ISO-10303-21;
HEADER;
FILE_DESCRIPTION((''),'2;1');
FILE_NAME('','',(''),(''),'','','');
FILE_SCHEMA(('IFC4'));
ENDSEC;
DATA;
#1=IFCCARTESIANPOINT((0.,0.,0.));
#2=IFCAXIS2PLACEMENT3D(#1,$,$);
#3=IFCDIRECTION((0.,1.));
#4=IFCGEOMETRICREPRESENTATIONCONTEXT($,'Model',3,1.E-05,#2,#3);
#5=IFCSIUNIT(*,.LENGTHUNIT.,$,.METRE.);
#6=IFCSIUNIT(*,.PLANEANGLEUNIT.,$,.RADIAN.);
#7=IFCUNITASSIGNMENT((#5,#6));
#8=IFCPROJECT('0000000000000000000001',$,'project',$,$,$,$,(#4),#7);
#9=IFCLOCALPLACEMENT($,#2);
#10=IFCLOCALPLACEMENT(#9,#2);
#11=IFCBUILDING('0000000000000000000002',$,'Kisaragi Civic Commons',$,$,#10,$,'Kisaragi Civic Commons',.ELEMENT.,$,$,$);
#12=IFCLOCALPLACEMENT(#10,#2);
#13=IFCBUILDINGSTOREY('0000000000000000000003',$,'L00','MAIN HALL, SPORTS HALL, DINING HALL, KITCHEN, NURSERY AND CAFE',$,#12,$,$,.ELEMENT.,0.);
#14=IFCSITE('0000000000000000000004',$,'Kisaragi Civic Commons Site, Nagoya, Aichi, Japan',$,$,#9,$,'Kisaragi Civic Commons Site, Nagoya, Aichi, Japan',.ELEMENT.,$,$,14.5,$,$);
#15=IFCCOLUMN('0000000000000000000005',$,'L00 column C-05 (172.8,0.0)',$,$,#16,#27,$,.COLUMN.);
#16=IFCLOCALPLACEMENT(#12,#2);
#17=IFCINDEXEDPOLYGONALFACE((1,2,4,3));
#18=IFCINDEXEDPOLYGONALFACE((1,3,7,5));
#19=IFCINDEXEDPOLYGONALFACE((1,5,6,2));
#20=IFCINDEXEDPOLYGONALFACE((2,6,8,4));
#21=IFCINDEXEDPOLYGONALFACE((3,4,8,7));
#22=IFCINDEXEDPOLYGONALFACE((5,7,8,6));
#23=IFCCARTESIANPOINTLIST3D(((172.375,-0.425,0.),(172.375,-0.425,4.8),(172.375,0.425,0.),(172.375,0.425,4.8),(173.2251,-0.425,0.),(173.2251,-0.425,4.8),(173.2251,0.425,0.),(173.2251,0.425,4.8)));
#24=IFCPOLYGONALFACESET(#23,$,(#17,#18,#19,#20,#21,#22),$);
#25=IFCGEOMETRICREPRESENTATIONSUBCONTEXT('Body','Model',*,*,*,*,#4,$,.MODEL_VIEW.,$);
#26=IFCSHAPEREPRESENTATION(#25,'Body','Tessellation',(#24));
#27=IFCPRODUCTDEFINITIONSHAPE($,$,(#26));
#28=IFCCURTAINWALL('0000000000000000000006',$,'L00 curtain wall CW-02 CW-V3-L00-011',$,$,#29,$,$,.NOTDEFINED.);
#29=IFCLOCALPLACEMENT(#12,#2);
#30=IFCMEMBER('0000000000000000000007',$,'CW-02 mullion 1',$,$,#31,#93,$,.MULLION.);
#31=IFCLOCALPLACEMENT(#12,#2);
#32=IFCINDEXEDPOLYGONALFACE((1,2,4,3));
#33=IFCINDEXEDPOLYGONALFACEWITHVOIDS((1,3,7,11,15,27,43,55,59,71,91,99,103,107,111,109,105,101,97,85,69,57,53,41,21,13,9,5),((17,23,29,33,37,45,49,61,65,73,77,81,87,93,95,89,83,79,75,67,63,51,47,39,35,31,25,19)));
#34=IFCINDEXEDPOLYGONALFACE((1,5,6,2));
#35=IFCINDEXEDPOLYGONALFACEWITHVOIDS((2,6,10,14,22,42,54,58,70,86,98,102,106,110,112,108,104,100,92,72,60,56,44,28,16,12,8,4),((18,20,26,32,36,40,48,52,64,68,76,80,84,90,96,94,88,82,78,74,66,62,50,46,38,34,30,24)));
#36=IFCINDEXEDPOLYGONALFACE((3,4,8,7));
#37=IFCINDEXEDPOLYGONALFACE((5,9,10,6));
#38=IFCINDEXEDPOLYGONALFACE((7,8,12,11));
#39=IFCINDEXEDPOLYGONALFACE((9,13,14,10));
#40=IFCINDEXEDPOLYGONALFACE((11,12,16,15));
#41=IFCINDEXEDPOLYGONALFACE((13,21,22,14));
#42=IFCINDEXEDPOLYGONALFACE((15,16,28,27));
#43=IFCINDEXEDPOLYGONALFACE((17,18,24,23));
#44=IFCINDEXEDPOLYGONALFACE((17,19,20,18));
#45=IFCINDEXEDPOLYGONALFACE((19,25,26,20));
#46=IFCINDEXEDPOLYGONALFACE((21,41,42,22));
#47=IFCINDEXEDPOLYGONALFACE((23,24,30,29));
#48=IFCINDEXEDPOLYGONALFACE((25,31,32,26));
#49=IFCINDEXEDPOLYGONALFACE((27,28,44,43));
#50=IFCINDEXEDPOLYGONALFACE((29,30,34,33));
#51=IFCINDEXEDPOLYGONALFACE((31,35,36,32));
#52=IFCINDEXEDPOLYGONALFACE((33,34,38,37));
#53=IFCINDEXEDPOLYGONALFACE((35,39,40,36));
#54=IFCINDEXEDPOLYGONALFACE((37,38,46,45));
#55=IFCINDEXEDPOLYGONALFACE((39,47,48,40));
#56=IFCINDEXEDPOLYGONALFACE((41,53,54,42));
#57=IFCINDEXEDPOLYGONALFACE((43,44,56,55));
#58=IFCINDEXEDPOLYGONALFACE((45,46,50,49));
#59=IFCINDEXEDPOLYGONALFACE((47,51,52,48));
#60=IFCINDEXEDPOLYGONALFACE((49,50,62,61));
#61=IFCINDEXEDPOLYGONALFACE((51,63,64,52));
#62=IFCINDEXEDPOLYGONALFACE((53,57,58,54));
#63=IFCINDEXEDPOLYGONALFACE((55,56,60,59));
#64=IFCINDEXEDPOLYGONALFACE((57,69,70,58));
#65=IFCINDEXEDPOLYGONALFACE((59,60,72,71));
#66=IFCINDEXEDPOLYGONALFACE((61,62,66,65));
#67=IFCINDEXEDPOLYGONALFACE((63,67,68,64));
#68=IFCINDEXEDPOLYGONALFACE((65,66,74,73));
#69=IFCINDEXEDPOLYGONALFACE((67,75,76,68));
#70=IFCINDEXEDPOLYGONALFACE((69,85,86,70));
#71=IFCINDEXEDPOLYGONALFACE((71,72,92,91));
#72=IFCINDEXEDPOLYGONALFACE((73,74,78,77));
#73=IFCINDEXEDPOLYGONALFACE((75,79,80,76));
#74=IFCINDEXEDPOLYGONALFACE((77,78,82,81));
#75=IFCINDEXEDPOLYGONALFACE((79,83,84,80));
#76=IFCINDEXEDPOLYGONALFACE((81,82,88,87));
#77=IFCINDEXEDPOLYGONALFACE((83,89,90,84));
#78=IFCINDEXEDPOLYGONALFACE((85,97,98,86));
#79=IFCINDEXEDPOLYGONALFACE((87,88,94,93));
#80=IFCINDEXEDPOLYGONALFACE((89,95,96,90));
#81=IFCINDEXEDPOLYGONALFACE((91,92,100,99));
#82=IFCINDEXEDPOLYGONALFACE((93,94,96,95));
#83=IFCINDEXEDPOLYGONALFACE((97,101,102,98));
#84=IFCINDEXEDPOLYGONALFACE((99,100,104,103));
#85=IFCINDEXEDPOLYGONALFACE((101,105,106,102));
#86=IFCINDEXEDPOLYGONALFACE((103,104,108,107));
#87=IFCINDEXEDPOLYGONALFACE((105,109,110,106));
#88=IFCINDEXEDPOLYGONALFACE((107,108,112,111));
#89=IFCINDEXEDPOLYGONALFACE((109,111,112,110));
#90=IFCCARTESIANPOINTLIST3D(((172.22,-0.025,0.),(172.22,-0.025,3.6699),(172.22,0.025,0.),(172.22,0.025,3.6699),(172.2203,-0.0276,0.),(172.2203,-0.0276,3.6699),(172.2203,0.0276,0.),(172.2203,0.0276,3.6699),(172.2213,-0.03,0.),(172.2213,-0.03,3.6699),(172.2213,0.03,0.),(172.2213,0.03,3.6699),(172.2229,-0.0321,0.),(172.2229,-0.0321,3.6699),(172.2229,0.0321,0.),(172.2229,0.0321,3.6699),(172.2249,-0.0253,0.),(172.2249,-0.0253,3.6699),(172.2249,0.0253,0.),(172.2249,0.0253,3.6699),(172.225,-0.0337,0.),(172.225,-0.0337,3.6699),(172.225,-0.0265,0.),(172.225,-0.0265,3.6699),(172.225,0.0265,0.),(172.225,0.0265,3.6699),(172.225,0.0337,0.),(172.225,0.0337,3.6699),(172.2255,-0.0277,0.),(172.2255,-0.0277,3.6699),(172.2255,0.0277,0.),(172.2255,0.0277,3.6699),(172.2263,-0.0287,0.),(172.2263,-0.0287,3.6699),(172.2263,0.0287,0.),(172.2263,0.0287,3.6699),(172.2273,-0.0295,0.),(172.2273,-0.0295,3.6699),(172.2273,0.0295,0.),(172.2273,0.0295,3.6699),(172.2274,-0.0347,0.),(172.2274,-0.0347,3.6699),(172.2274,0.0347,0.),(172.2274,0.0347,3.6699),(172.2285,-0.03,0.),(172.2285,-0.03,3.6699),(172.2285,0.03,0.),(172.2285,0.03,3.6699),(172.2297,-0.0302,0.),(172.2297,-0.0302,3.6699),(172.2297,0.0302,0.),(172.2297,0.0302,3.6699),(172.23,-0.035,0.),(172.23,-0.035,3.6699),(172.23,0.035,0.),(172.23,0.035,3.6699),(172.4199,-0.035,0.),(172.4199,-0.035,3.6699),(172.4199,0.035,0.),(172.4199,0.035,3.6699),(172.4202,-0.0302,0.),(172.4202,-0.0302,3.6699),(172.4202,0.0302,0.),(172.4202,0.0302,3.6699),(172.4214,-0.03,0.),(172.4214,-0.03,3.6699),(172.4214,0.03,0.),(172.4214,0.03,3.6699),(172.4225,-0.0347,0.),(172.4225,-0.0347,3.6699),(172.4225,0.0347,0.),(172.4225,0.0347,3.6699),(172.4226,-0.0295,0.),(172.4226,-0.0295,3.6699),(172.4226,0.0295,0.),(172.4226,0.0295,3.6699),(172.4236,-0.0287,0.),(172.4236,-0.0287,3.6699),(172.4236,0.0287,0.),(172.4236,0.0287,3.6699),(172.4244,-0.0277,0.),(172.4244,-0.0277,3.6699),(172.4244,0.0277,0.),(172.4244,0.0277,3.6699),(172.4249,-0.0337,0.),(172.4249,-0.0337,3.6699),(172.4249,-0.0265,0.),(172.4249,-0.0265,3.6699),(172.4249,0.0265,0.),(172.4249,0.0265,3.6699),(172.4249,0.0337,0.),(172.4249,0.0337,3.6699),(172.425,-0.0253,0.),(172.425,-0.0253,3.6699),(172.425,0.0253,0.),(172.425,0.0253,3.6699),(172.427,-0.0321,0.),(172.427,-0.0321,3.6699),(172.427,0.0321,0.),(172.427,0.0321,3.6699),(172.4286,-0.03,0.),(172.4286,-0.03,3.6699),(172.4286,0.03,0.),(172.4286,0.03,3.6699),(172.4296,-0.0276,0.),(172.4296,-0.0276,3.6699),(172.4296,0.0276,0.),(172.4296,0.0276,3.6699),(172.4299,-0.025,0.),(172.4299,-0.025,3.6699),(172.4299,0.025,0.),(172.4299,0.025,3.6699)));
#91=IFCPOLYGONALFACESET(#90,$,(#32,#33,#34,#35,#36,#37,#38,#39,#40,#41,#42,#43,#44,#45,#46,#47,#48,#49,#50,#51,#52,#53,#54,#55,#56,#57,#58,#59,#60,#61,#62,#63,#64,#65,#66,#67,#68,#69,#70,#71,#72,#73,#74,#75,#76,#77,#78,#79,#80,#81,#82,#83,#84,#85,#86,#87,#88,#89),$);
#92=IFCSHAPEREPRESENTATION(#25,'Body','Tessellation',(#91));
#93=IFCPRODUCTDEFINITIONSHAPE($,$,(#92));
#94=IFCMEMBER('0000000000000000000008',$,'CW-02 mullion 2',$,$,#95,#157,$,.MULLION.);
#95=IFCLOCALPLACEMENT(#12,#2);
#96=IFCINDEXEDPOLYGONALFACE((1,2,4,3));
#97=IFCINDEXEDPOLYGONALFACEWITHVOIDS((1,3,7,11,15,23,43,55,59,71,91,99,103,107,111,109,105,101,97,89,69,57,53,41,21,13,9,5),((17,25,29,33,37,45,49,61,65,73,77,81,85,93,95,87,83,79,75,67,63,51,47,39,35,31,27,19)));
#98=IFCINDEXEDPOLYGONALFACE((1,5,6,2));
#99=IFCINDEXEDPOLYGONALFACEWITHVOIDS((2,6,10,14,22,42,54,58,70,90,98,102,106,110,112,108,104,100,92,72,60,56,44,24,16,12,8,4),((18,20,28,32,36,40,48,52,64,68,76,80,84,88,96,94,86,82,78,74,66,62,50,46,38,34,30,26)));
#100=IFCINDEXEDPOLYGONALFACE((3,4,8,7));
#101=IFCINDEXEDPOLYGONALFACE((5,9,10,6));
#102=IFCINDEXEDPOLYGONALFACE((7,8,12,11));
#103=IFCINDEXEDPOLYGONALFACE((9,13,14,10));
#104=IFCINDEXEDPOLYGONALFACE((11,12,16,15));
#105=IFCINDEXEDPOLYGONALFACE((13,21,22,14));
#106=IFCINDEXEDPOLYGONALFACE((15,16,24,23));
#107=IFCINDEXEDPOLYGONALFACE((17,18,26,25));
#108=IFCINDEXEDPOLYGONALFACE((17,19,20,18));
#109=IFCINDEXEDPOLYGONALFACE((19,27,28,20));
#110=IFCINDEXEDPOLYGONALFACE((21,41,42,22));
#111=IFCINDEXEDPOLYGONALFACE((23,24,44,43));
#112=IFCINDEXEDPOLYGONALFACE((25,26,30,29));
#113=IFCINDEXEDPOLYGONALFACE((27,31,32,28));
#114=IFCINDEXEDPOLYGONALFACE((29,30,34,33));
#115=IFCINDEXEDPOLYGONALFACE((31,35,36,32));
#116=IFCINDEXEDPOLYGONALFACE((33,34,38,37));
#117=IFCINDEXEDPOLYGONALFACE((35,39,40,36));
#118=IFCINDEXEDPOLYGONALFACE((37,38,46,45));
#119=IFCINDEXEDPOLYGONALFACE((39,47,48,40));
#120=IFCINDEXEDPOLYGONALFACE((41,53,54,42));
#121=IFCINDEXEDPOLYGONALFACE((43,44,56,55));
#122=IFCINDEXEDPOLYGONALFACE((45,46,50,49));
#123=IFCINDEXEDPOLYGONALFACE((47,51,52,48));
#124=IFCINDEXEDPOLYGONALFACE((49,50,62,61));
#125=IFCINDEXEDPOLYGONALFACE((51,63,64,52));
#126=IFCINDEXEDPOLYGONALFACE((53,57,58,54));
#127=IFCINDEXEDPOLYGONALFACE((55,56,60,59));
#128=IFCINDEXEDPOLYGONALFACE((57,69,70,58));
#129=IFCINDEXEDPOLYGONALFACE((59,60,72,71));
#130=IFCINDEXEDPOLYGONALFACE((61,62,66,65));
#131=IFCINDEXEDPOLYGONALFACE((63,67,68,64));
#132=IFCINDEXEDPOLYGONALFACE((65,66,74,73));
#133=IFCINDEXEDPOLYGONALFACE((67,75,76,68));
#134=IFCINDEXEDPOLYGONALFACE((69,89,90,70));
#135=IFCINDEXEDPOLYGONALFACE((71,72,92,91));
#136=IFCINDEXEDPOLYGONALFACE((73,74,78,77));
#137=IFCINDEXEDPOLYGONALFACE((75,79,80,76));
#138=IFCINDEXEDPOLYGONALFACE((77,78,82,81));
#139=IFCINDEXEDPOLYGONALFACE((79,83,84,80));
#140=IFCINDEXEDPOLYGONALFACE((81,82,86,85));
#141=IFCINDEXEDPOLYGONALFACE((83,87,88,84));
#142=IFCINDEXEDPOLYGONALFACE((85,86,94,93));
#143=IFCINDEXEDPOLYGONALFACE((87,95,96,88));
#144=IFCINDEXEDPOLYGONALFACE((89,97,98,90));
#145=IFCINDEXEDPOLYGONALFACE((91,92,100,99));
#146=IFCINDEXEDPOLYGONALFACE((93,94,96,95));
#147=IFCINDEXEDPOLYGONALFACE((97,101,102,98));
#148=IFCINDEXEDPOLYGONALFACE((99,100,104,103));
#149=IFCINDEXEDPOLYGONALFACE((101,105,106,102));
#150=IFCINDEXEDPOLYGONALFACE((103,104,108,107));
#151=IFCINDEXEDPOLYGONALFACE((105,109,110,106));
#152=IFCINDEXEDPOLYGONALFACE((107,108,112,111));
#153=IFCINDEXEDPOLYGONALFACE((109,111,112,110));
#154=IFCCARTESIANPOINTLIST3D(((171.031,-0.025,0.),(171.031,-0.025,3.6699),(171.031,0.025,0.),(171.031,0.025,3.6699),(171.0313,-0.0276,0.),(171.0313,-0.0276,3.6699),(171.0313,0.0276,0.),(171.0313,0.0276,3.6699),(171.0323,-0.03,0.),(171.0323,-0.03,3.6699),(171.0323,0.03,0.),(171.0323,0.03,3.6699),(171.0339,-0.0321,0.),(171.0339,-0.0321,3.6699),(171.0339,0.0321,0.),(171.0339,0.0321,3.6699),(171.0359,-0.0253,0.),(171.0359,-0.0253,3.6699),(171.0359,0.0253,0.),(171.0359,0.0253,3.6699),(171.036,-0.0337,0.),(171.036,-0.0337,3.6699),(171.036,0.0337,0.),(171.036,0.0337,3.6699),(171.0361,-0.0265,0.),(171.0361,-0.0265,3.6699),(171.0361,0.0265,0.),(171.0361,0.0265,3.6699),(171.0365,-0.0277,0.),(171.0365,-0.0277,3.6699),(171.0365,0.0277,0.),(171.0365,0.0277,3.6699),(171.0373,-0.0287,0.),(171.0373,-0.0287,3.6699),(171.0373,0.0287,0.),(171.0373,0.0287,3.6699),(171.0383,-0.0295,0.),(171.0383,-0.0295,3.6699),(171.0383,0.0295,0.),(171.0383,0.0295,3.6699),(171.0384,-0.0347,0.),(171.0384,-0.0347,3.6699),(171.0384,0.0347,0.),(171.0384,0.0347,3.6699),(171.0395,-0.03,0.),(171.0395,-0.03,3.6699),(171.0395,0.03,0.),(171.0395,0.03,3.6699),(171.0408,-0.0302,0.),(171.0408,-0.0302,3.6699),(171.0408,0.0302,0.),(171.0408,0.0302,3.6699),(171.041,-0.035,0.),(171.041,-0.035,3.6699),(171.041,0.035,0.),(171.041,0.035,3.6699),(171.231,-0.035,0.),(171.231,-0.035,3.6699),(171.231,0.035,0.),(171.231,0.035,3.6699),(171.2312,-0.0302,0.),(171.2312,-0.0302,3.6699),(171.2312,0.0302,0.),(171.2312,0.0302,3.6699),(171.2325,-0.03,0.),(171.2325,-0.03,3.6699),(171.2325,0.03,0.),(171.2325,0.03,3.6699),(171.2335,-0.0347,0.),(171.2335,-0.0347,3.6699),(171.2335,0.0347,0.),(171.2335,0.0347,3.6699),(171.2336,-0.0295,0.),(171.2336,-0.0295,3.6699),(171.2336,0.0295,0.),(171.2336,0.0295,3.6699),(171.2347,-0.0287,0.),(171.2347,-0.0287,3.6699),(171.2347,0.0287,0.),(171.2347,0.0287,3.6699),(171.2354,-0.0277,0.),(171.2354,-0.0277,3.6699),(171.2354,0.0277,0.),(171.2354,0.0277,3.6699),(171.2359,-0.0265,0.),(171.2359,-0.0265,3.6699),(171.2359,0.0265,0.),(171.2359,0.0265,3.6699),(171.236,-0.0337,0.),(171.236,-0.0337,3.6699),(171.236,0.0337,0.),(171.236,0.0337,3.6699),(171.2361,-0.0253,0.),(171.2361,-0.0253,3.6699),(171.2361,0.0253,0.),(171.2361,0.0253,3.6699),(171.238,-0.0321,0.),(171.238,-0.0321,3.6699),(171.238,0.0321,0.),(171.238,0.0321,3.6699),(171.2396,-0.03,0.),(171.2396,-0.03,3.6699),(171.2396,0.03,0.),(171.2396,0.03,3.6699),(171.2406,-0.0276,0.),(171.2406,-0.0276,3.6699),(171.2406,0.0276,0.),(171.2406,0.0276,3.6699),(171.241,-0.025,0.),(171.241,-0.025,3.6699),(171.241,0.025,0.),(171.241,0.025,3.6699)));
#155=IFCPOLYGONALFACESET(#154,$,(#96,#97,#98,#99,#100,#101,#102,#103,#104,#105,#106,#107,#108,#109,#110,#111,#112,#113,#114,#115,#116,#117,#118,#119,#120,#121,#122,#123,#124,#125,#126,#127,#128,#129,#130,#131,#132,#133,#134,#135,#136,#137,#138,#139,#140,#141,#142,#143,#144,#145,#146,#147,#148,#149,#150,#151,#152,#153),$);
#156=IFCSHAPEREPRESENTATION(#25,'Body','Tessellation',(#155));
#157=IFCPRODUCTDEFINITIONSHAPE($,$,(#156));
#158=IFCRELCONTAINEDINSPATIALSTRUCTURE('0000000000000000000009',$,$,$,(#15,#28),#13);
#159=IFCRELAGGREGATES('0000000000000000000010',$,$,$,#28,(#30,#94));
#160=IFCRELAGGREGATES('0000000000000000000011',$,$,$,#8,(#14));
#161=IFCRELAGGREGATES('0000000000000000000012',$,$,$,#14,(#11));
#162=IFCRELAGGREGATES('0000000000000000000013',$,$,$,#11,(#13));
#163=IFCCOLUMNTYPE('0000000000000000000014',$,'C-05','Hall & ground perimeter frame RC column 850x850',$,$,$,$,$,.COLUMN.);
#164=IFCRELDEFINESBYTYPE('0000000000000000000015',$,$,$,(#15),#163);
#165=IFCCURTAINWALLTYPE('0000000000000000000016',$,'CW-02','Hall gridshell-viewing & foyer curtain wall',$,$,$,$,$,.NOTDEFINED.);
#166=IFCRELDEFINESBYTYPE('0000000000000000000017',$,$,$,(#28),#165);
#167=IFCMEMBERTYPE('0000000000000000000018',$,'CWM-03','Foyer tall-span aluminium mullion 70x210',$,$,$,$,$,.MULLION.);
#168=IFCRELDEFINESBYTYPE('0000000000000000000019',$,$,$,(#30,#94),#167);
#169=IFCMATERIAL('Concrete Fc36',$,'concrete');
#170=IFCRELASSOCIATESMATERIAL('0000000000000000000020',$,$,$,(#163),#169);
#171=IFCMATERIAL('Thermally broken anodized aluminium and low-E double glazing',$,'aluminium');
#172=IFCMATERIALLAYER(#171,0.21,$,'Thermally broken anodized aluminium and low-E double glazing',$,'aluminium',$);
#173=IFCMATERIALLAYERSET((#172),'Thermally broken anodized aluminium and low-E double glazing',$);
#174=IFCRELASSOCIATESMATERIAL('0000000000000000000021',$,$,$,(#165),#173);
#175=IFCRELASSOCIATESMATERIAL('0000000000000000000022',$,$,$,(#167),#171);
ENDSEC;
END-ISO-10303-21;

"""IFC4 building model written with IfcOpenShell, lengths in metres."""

from ifc_helpers import new_model, si_unit, direction, frame, origin, origin_2d, place, context, subcontext, project, spatial, rectangle, hollow_rectangle, extrude, material, layer, layer_set, material_profile, profile_set, type_object, element, aggregate, save


model = new_model("IFC4")

# Units and contexts
model_context = context("Model", 3, precision=1e-05, world=origin(), true_north=direction((0.0, 1.0)))
body_context = subcontext(model_context, "Body", "Model", "MODEL_VIEW")
ifc_project = project(units=[si_unit("LENGTHUNIT", "METRE"), si_unit("PLANEANGLEUNIT", "RADIAN")], contexts=[model_context])

# Site, building, storey
site_placement = place(None, origin())
site = spatial("IfcSite", under=ifc_project, at=site_placement, Name="Kisaragi Civic Commons Site, Nagoya, Aichi, Japan", LongName="Kisaragi Civic Commons Site, Nagoya, Aichi, Japan", CompositionType="ELEMENT", RefElevation=14.5)
building_placement = place(site_placement, origin())
building = spatial("IfcBuilding", under=site, at=building_placement, Name="Kisaragi Civic Commons", LongName="Kisaragi Civic Commons", CompositionType="ELEMENT")
storey_placement = place(building_placement, origin())
storey = spatial("IfcBuildingStorey", under=building, at=storey_placement, Name="L00", Description="MAIN HALL, SPORTS HALL, DINING HALL, KITCHEN, NURSERY AND CAFE", CompositionType="ELEMENT", Elevation=0.0)

# Column
ifc_material_1 = material(Name="Concrete Fc36", Category="concrete")
ifc_material_profile_1 = material_profile(ifc_material_1, rectangle(XDim=0.8501, YDim=0.8501, at=origin_2d()), Name="RC-850x850", Category="concrete")
ifc_profile_set_1 = profile_set([ifc_material_profile_1], Name="Concrete Fc36")
column_type = type_object("IfcColumnType", Name="C-05", Description="Hall & ground perimeter frame RC column 850x850", PredefinedType="COLUMN", material=ifc_profile_set_1)
column_placement = place(storey_placement, frame((172.8, 0.0, 0.0), z_axis=(0.0, 0.0, 1.0), x_axis=(1.0, 0.0, 0.0)))
element("IfcColumn", 1, at=column_placement, inside=storey, type_object=column_type, Name="L00 column C-05 (172.8,0.0)", PredefinedType="COLUMN", context=body_context, shape_type="SweptSolid", body=[
    extrude(rectangle(XDim=0.8501, YDim=0.8501, at=origin_2d()), origin(), (0.0, 0.0, 1.0), 4.8),
])

# Curtain wall, members
ifc_material_2 = material(Name="Thermally broken anodized aluminium and low-E double glazing", Category="aluminium")
ifc_layer_1 = layer(ifc_material_2, 0.21, Name="Thermally broken anodized aluminium and low-E double glazing", Category="aluminium")
ifc_layer_set_1 = layer_set([ifc_layer_1], Name="Thermally broken anodized aluminium and low-E double glazing")
curtain_wall_type = type_object("IfcCurtainWallType", Name="CW-02", Description="Hall gridshell-viewing & foyer curtain wall", PredefinedType="NOTDEFINED", material=ifc_layer_set_1)
curtain_wall_placement = place(storey_placement, origin())
curtain_wall = element("IfcCurtainWall", 2, at=curtain_wall_placement, inside=storey, type_object=curtain_wall_type, Name="L00 curtain wall CW-02 CW-V3-L00-011", PredefinedType="NOTDEFINED")
ifc_material_profile_2 = material_profile(ifc_material_2, hollow_rectangle(XDim=0.0701, YDim=0.21, WallThickness=0.0049, InnerFilletRadius=0.0049, OuterFilletRadius=0.01, at=origin_2d()), Name="CWM-70x210x5", Category="aluminium")
ifc_profile_set_2 = profile_set([ifc_material_profile_2], Name="Thermally broken anodized aluminium and low-E double glazing")
member_type_1 = type_object("IfcMemberType", Name="CWM-03", Description="Foyer tall-span aluminium mullion 70x210", PredefinedType="MULLION", material=ifc_profile_set_2)
member_1_placement = place(storey_placement, frame((172.325, 0.0, 0.0), z_axis=(0.0, 0.0, 1.0), x_axis=(0.0, -1.0, 0.0)))
member_1 = element("IfcMember", 3, at=member_1_placement, type_object=member_type_1, Name="CW-02 mullion 1", PredefinedType="MULLION", context=body_context, shape_type="SweptSolid", body=[
    extrude(hollow_rectangle(XDim=0.0701, YDim=0.21, WallThickness=0.0049, InnerFilletRadius=0.0049, OuterFilletRadius=0.01, at=origin_2d()), origin(), (0.0, 0.0, 1.0), 3.6699),
])
member_2_placement = place(storey_placement, frame((171.136, 0.0, 0.0), z_axis=(0.0, 0.0, 1.0), x_axis=(0.0, -1.0, 0.0)))
member_2 = element("IfcMember", 4, at=member_2_placement, type_object=member_type_1, Name="CW-02 mullion 2", PredefinedType="MULLION", context=body_context, shape_type="SweptSolid", body=[
    extrude(hollow_rectangle(XDim=0.0701, YDim=0.21, WallThickness=0.0049, InnerFilletRadius=0.0049, OuterFilletRadius=0.01, at=origin_2d()), origin(), (0.0, 0.0, 1.0), 3.6699),
])

aggregate(curtain_wall, [member_1, member_2])

save(model, "model.ifc")
